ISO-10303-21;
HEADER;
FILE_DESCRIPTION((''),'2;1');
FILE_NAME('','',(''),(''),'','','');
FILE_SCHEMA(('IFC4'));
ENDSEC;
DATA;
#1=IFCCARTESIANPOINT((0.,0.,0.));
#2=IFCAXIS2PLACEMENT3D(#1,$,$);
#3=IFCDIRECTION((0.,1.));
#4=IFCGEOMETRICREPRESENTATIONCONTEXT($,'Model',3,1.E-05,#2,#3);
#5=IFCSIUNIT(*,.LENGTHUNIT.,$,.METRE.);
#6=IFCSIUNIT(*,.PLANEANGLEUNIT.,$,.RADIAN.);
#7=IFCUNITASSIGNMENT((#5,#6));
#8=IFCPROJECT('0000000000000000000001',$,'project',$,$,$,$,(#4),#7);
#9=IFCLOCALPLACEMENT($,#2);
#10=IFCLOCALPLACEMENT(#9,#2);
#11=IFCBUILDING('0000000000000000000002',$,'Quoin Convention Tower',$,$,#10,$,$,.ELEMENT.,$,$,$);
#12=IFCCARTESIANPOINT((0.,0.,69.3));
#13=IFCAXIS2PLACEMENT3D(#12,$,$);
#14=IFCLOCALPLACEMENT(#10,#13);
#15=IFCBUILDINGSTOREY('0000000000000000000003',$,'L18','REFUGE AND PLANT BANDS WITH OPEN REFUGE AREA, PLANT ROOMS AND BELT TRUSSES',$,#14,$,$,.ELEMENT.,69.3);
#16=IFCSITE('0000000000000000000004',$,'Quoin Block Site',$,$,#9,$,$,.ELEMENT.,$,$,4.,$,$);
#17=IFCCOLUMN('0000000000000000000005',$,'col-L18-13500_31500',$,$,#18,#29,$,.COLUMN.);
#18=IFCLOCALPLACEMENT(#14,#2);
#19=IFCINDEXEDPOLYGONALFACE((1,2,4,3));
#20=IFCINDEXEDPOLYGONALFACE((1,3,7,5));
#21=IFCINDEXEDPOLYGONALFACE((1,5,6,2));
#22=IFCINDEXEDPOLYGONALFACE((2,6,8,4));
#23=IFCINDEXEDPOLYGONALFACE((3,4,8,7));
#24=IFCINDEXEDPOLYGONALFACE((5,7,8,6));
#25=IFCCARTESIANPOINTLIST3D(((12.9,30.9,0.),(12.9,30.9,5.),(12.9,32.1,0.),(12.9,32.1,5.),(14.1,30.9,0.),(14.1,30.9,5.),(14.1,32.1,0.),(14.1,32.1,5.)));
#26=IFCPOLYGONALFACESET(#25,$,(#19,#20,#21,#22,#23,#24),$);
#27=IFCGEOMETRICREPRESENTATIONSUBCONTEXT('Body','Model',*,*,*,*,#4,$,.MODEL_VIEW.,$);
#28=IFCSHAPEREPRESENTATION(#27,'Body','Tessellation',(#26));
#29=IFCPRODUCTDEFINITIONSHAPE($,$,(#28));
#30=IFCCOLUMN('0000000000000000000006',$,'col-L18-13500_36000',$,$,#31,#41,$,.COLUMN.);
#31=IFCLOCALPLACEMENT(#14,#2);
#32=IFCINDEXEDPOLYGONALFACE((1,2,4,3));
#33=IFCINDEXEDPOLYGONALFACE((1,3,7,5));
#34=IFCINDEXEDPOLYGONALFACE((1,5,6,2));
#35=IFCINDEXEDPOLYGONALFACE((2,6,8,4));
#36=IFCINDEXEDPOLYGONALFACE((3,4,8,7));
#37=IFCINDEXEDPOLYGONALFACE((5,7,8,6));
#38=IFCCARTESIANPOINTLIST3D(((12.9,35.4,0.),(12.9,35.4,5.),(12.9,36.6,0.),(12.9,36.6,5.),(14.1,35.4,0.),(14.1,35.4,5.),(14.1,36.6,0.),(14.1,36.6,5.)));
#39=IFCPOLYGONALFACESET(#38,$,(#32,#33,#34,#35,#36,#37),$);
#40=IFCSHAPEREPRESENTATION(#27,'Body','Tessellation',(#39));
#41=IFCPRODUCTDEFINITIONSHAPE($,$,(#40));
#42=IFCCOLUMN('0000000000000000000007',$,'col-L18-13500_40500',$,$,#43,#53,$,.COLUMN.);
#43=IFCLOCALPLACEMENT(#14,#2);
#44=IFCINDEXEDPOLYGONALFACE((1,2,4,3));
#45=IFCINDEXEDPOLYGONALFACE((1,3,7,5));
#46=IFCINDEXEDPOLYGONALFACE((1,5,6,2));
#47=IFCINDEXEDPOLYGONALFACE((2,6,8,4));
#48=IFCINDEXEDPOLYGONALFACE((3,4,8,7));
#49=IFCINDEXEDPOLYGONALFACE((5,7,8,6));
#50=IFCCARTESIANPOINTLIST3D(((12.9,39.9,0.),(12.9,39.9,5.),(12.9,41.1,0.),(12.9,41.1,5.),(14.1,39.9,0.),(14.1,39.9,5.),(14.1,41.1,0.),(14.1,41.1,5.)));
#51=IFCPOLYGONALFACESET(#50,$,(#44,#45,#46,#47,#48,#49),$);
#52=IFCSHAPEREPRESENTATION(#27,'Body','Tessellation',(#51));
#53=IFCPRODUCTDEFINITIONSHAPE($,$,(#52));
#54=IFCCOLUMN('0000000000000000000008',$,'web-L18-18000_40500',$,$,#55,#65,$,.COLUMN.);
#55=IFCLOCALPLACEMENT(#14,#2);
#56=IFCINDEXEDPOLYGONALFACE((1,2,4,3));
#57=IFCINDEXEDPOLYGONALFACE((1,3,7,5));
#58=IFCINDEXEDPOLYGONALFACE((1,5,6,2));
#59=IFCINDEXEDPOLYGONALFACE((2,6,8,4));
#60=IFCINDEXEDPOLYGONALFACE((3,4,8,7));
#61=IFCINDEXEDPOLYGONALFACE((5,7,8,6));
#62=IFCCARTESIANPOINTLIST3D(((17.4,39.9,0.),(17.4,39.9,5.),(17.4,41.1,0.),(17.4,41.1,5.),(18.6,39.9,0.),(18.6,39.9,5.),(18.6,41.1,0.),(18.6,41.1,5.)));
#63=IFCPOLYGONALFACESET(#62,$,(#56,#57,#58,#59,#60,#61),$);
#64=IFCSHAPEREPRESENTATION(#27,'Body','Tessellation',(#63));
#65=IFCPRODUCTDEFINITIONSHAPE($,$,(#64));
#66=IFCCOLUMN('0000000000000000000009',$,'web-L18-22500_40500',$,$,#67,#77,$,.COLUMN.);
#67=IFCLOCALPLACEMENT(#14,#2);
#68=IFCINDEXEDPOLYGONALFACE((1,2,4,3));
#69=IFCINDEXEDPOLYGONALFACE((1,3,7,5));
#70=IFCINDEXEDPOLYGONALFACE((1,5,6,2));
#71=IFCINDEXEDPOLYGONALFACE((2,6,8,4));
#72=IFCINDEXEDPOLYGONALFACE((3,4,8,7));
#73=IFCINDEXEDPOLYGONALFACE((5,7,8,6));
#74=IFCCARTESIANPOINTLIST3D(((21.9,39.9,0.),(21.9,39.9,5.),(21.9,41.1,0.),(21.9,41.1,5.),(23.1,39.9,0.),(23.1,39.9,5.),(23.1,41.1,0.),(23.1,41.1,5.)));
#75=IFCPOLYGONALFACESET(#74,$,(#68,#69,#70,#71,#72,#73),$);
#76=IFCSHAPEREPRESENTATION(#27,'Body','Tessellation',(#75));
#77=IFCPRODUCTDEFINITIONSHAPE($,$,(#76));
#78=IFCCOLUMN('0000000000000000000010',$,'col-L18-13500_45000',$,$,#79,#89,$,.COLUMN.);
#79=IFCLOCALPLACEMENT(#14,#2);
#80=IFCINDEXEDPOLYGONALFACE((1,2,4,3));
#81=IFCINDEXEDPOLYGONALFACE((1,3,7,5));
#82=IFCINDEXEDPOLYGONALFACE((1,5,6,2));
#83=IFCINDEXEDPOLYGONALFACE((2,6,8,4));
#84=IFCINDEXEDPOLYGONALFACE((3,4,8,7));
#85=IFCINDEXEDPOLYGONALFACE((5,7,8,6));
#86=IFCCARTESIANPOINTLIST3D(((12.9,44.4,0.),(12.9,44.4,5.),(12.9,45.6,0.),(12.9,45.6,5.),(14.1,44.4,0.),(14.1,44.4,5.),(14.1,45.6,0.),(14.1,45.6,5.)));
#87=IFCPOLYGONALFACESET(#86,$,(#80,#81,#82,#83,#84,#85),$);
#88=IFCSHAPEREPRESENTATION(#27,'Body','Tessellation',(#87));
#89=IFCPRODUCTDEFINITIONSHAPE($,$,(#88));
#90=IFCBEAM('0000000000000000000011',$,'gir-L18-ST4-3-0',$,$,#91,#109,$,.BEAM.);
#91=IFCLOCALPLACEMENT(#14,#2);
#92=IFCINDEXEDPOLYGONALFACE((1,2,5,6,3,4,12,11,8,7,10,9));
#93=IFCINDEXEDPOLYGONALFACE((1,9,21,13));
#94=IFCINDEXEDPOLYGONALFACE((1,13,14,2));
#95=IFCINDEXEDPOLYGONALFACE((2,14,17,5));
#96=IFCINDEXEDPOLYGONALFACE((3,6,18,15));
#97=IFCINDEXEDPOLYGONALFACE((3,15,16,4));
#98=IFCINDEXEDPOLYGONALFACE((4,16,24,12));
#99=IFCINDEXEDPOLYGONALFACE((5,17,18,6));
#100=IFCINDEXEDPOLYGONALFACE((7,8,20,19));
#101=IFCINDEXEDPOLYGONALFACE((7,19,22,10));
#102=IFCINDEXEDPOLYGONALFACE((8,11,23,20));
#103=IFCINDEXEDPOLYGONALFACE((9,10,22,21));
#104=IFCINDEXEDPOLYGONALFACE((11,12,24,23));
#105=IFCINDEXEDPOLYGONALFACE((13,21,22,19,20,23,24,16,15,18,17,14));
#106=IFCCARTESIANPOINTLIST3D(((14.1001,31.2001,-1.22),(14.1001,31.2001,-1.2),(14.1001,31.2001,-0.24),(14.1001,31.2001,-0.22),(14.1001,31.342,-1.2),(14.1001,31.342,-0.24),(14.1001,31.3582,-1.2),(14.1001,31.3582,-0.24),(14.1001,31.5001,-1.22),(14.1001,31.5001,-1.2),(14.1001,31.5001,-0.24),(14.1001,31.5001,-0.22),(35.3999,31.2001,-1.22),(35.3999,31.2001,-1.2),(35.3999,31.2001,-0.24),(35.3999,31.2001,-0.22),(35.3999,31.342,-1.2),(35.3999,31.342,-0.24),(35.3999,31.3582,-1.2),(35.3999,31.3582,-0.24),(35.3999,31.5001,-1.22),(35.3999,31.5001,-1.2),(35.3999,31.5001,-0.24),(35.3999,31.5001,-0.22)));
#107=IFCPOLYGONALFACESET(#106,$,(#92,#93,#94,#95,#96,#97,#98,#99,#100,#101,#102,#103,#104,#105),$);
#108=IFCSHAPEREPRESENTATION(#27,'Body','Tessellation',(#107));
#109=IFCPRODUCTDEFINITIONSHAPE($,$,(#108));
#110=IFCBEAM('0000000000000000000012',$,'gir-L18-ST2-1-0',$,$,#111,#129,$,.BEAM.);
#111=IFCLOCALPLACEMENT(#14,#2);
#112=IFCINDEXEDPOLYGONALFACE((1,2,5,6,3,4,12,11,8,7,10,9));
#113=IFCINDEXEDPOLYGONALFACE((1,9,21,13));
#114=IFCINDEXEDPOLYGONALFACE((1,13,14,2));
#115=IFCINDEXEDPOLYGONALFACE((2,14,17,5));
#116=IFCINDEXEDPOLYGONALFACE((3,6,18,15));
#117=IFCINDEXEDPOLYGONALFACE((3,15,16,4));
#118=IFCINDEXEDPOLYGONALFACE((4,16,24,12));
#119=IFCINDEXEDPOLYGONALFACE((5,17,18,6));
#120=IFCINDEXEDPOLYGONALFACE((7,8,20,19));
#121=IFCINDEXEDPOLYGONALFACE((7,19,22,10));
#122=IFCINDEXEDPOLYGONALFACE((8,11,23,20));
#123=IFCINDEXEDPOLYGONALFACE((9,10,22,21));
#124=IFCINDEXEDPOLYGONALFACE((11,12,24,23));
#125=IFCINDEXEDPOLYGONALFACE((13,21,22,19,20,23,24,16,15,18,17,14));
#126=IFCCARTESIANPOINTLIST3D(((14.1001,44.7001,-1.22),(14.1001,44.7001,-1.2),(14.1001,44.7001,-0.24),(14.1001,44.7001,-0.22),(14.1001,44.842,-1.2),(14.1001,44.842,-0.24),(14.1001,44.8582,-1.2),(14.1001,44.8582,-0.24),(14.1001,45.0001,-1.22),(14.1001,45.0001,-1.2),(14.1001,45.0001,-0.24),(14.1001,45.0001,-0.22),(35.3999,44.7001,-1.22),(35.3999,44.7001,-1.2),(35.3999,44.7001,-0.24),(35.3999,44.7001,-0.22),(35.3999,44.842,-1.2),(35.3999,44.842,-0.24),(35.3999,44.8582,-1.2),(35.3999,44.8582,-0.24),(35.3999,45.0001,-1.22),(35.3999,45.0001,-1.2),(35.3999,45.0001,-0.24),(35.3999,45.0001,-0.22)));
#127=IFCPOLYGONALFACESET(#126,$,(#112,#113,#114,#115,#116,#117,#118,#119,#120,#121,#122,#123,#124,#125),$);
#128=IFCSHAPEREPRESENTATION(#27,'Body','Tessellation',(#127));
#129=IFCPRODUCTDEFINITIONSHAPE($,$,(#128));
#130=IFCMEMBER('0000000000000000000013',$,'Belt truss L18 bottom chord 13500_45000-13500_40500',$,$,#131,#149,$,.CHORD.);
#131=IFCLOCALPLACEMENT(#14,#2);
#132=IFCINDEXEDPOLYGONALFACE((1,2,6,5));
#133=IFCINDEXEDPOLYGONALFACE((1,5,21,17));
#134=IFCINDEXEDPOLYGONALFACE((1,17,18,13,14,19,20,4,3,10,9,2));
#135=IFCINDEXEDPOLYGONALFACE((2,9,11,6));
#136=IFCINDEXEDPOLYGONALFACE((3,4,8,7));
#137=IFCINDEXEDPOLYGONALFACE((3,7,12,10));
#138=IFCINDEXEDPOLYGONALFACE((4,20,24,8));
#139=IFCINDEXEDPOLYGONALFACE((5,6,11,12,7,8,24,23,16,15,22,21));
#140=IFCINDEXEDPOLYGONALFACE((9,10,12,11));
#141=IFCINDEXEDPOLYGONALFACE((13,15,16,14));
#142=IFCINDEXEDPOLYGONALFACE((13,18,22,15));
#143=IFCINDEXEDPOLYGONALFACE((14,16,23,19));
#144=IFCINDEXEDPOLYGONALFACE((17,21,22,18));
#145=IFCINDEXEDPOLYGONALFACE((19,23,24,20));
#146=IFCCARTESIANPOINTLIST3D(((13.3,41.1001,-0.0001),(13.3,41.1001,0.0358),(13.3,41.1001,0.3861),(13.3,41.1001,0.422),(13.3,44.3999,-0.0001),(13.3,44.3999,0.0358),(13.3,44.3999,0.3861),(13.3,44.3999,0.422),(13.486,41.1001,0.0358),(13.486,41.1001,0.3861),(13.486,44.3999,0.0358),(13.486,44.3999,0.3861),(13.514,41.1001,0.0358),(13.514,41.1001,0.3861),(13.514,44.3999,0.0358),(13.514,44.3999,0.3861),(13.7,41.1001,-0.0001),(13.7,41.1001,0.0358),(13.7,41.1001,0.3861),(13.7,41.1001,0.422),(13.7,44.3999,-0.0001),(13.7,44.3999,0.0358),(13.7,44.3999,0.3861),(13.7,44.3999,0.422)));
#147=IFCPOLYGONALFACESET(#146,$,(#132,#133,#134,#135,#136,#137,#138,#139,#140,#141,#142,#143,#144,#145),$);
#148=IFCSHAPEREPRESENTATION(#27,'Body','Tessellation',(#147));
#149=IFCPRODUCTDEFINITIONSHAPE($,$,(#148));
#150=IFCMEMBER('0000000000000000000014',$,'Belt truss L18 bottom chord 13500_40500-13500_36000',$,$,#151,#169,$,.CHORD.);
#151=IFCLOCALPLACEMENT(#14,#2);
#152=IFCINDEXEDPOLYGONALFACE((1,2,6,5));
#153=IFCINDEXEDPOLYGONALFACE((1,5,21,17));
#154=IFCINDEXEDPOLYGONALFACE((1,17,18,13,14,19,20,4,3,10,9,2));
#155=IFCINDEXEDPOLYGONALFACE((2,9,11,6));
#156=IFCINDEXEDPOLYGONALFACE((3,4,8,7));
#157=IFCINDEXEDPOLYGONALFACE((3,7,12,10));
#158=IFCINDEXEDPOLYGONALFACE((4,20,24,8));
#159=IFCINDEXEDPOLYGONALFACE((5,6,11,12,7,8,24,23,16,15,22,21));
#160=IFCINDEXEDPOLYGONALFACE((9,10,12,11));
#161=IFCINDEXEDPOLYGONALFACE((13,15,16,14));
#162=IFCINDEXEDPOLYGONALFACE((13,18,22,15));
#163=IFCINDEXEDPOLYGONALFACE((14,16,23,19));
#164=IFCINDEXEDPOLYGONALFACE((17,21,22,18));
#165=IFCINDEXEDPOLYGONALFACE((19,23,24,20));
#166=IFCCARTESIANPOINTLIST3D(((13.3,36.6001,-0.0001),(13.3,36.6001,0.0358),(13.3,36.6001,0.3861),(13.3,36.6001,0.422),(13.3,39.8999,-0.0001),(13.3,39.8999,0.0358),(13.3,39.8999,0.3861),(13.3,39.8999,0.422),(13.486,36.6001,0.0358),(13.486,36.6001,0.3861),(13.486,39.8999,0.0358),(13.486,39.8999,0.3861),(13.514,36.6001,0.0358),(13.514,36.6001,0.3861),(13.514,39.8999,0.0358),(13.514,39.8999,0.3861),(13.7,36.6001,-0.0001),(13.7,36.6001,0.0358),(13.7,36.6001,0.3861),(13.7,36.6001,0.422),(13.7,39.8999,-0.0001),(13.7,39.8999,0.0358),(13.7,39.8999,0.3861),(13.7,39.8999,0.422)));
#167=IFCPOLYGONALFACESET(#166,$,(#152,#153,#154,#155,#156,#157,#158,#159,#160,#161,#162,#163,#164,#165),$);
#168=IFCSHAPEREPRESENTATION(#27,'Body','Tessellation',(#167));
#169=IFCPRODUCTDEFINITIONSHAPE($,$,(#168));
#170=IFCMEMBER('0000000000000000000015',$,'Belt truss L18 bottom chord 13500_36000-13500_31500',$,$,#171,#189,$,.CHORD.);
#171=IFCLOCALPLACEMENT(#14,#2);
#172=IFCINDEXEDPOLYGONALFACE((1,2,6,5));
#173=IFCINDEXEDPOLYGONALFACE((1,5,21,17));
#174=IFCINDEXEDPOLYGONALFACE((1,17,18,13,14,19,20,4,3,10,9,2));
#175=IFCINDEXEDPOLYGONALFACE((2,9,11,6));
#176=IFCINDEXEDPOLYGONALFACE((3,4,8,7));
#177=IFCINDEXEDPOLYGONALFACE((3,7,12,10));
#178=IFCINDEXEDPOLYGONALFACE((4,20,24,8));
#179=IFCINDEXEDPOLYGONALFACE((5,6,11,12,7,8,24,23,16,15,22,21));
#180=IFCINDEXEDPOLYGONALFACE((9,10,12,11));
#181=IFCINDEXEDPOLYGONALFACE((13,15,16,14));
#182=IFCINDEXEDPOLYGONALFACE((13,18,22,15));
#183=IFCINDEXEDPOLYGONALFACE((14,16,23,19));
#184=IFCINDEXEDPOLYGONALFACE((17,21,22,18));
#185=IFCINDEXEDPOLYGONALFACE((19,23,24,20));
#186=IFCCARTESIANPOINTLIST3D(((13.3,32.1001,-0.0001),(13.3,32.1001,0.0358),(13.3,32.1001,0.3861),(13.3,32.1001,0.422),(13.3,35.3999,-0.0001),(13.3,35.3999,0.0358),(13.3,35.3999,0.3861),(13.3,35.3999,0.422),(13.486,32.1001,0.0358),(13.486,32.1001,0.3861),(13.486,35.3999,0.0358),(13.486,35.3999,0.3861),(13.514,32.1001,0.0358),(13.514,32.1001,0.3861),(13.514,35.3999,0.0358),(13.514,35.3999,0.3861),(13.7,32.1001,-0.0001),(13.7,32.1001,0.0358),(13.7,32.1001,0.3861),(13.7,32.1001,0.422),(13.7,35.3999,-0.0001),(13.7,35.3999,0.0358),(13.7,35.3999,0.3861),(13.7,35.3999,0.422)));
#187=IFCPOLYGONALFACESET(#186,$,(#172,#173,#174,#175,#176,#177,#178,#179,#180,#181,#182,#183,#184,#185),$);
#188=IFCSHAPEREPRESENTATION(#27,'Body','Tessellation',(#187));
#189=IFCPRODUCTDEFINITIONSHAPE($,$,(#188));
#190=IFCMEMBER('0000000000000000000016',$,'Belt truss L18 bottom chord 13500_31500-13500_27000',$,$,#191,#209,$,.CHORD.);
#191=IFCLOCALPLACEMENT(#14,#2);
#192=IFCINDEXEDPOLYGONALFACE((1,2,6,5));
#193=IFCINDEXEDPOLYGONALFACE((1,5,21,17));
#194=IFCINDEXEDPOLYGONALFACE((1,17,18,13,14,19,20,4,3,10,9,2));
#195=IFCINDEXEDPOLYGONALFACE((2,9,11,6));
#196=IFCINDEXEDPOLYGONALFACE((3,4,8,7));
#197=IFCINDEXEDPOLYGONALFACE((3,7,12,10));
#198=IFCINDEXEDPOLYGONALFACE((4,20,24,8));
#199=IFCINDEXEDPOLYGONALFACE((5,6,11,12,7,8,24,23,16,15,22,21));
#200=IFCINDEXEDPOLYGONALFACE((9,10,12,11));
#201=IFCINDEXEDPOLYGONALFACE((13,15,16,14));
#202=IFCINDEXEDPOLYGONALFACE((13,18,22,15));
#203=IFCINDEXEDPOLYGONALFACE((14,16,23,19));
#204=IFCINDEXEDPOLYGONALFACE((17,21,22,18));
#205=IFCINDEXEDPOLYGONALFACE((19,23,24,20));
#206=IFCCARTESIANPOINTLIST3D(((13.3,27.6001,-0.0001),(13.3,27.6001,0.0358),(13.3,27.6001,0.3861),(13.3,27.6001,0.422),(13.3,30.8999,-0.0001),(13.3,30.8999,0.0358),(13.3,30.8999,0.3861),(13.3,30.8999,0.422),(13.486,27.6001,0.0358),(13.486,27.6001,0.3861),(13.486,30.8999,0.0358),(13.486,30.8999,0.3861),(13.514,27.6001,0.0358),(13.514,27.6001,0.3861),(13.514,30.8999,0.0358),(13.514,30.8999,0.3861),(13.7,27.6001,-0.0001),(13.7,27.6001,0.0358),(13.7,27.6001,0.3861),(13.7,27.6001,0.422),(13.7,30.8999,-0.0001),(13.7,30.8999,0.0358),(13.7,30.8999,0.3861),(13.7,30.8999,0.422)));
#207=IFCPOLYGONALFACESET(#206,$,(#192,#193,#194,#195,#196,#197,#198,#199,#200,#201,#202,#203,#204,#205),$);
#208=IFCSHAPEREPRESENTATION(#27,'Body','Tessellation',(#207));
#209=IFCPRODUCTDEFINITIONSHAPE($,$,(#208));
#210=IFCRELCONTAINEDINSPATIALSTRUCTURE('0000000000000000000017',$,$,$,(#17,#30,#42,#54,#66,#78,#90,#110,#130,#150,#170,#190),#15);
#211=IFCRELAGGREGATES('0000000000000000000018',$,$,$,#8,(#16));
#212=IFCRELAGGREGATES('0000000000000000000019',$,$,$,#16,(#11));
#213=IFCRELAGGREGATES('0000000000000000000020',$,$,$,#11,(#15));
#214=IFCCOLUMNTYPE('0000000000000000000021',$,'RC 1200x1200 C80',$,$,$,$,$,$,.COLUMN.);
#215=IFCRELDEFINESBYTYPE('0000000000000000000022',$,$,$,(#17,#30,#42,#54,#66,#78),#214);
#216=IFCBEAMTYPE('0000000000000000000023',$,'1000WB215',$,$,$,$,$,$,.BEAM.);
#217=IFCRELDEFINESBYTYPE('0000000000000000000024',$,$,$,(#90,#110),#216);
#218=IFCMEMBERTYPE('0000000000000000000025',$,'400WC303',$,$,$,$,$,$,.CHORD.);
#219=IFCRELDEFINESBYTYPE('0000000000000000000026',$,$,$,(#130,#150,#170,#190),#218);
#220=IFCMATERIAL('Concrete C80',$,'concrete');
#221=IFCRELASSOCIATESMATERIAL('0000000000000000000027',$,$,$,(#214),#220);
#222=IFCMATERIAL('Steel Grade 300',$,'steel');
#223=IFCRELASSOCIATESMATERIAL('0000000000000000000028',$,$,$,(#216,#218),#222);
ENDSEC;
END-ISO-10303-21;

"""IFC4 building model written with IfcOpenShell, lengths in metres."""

from ifc_helpers import new_model, si_unit, direction, frame, origin, origin_2d, place, context, subcontext, project, spatial, rectangle, i_section, extrude, material, material_profile, profile_set, type_object, element, save


model = new_model("IFC4")

# Units and contexts
model_context = context("Model", 3, precision=1e-05, world=origin(), true_north=direction((0.0, 1.0)))
body_context = subcontext(model_context, "Body", "Model", "MODEL_VIEW")
ifc_project = project(units=[si_unit("LENGTHUNIT", "METRE"), si_unit("PLANEANGLEUNIT", "RADIAN")], contexts=[model_context])

# Site, building, storey
site_placement = place(None, origin())
site = spatial("IfcSite", under=ifc_project, at=site_placement, Name="Quoin Block Site", CompositionType="ELEMENT", RefElevation=4.0)
building_placement = place(site_placement, origin())
building = spatial("IfcBuilding", under=site, at=building_placement, Name="Quoin Convention Tower", CompositionType="ELEMENT")
storey_placement = place(building_placement, frame((0.0, 0.0, 69.3)))
storey = spatial("IfcBuildingStorey", under=building, at=storey_placement, Name="L18", Description="REFUGE AND PLANT BANDS WITH OPEN REFUGE AREA, PLANT ROOMS AND BELT TRUSSES", CompositionType="ELEMENT", Elevation=69.3)

# Columns
ifc_material_1 = material(Name="Concrete C80", Category="concrete")
ifc_material_profile_1 = material_profile(ifc_material_1, rectangle(XDim=1.2, YDim=1.2, at=origin_2d()), Name="RC 1200x1200")
ifc_profile_set_1 = profile_set([ifc_material_profile_1], Name="Concrete C80")
column_type = type_object("IfcColumnType", Name="RC 1200x1200 C80", PredefinedType="COLUMN", material=ifc_profile_set_1)
for number, where, z_axis, x_axis, name in (
    (1, (13.5, 31.5, 0.0), (0.0, 0.0, 1.0), (1.0, 0.0, 0.0), "col-L18-13500_31500"),
    (2, (13.5, 36.0, 0.0), (0.0, 0.0, 1.0), (1.0, 0.0, 0.0), "col-L18-13500_36000"),
    (3, (13.5, 40.5, 0.0), (0.0, 0.0, 1.0), (1.0, 0.0, 0.0), "col-L18-13500_40500"),
    (4, (18.0, 40.5, 0.0), (0.0, 0.0, 1.0), (1.0, 0.0, 0.0), "web-L18-18000_40500"),
    (5, (22.5, 40.5, 0.0), (0.0, 0.0, 1.0), (1.0, 0.0, 0.0), "web-L18-22500_40500"),
    (6, (13.5, 45.0, 0.0), (0.0, 0.0, 1.0), (1.0, 0.0, 0.0), "col-L18-13500_45000"),
):
    element("IfcColumn", number, at=place(storey_placement, frame(where, z_axis=z_axis, x_axis=x_axis)), inside=storey, type_object=column_type, Name=name, PredefinedType="COLUMN", context=body_context, shape_type="SweptSolid", body=[
        extrude(rectangle(XDim=1.2, YDim=1.2, at=origin_2d()), origin(), (0.0, 0.0, 1.0), 5.0),
    ])

# Beams
ifc_material_2 = material(Name="Steel Grade 300", Category="steel")
ifc_material_profile_2 = material_profile(ifc_material_2, i_section(OverallWidth=0.3, OverallDepth=1.0, WebThickness=0.0161, FlangeThickness=0.02, at=origin_2d()), Name="1000WB215")
ifc_profile_set_2 = profile_set([ifc_material_profile_2], Name="Steel Grade 300")
beam_type_1 = type_object("IfcBeamType", Name="1000WB215", PredefinedType="BEAM", material=ifc_profile_set_2)
for number, where, z_axis, x_axis, name in (
    (7, (14.1001, 31.3501, -0.72), (1.0, 0.0, 0.0), (0.0, 1.0, 0.0), "gir-L18-ST4-3-0"),
    (8, (14.1001, 44.8501, -0.72), (1.0, 0.0, 0.0), (0.0, 1.0, 0.0), "gir-L18-ST2-1-0"),
):
    element("IfcBeam", number, at=place(storey_placement, frame(where, z_axis=z_axis, x_axis=x_axis)), inside=storey, type_object=beam_type_1, Name=name, PredefinedType="BEAM", context=body_context, shape_type="SweptSolid", body=[
        extrude(i_section(OverallWidth=0.3, OverallDepth=1.0, WebThickness=0.0161, FlangeThickness=0.02, at=origin_2d()), origin(), (0.0, 0.0, 1.0), 21.2998),
    ])

# Members
ifc_material_profile_3 = material_profile(ifc_material_2, i_section(OverallWidth=0.3999, OverallDepth=0.4221, WebThickness=0.0281, FlangeThickness=0.0359, at=origin_2d()), Name="400WC303")
ifc_profile_set_3 = profile_set([ifc_material_profile_3], Name="Steel Grade 300")
member_type_1 = type_object("IfcMemberType", Name="400WC303", PredefinedType="CHORD", material=ifc_profile_set_3)
for number, where, z_axis, x_axis, name in (
    (9, (13.5, 44.3999, 0.2109), (0.0, -1.0, 0.0), (1.0, 0.0, 0.0), "Belt truss L18 bottom chord 13500_45000-13500_40500"),
    (10, (13.5, 39.8999, 0.2109), (0.0, -1.0, 0.0), (1.0, 0.0, 0.0), "Belt truss L18 bottom chord 13500_40500-13500_36000"),
    (11, (13.5, 35.3999, 0.2109), (0.0, -1.0, 0.0), (1.0, 0.0, 0.0), "Belt truss L18 bottom chord 13500_36000-13500_31500"),
    (12, (13.5, 30.8999, 0.2109), (0.0, -1.0, 0.0), (1.0, 0.0, 0.0), "Belt truss L18 bottom chord 13500_31500-13500_27000"),
):
    element("IfcMember", number, at=place(storey_placement, frame(where, z_axis=z_axis, x_axis=x_axis)), inside=storey, type_object=member_type_1, Name=name, PredefinedType="CHORD", context=body_context, shape_type="SweptSolid", body=[
        extrude(i_section(OverallWidth=0.3999, OverallDepth=0.4221, WebThickness=0.0281, FlangeThickness=0.0359, at=origin_2d()), origin(), (0.0, 0.0, 1.0), 3.2998),
    ])

save(model, "model.ifc")
